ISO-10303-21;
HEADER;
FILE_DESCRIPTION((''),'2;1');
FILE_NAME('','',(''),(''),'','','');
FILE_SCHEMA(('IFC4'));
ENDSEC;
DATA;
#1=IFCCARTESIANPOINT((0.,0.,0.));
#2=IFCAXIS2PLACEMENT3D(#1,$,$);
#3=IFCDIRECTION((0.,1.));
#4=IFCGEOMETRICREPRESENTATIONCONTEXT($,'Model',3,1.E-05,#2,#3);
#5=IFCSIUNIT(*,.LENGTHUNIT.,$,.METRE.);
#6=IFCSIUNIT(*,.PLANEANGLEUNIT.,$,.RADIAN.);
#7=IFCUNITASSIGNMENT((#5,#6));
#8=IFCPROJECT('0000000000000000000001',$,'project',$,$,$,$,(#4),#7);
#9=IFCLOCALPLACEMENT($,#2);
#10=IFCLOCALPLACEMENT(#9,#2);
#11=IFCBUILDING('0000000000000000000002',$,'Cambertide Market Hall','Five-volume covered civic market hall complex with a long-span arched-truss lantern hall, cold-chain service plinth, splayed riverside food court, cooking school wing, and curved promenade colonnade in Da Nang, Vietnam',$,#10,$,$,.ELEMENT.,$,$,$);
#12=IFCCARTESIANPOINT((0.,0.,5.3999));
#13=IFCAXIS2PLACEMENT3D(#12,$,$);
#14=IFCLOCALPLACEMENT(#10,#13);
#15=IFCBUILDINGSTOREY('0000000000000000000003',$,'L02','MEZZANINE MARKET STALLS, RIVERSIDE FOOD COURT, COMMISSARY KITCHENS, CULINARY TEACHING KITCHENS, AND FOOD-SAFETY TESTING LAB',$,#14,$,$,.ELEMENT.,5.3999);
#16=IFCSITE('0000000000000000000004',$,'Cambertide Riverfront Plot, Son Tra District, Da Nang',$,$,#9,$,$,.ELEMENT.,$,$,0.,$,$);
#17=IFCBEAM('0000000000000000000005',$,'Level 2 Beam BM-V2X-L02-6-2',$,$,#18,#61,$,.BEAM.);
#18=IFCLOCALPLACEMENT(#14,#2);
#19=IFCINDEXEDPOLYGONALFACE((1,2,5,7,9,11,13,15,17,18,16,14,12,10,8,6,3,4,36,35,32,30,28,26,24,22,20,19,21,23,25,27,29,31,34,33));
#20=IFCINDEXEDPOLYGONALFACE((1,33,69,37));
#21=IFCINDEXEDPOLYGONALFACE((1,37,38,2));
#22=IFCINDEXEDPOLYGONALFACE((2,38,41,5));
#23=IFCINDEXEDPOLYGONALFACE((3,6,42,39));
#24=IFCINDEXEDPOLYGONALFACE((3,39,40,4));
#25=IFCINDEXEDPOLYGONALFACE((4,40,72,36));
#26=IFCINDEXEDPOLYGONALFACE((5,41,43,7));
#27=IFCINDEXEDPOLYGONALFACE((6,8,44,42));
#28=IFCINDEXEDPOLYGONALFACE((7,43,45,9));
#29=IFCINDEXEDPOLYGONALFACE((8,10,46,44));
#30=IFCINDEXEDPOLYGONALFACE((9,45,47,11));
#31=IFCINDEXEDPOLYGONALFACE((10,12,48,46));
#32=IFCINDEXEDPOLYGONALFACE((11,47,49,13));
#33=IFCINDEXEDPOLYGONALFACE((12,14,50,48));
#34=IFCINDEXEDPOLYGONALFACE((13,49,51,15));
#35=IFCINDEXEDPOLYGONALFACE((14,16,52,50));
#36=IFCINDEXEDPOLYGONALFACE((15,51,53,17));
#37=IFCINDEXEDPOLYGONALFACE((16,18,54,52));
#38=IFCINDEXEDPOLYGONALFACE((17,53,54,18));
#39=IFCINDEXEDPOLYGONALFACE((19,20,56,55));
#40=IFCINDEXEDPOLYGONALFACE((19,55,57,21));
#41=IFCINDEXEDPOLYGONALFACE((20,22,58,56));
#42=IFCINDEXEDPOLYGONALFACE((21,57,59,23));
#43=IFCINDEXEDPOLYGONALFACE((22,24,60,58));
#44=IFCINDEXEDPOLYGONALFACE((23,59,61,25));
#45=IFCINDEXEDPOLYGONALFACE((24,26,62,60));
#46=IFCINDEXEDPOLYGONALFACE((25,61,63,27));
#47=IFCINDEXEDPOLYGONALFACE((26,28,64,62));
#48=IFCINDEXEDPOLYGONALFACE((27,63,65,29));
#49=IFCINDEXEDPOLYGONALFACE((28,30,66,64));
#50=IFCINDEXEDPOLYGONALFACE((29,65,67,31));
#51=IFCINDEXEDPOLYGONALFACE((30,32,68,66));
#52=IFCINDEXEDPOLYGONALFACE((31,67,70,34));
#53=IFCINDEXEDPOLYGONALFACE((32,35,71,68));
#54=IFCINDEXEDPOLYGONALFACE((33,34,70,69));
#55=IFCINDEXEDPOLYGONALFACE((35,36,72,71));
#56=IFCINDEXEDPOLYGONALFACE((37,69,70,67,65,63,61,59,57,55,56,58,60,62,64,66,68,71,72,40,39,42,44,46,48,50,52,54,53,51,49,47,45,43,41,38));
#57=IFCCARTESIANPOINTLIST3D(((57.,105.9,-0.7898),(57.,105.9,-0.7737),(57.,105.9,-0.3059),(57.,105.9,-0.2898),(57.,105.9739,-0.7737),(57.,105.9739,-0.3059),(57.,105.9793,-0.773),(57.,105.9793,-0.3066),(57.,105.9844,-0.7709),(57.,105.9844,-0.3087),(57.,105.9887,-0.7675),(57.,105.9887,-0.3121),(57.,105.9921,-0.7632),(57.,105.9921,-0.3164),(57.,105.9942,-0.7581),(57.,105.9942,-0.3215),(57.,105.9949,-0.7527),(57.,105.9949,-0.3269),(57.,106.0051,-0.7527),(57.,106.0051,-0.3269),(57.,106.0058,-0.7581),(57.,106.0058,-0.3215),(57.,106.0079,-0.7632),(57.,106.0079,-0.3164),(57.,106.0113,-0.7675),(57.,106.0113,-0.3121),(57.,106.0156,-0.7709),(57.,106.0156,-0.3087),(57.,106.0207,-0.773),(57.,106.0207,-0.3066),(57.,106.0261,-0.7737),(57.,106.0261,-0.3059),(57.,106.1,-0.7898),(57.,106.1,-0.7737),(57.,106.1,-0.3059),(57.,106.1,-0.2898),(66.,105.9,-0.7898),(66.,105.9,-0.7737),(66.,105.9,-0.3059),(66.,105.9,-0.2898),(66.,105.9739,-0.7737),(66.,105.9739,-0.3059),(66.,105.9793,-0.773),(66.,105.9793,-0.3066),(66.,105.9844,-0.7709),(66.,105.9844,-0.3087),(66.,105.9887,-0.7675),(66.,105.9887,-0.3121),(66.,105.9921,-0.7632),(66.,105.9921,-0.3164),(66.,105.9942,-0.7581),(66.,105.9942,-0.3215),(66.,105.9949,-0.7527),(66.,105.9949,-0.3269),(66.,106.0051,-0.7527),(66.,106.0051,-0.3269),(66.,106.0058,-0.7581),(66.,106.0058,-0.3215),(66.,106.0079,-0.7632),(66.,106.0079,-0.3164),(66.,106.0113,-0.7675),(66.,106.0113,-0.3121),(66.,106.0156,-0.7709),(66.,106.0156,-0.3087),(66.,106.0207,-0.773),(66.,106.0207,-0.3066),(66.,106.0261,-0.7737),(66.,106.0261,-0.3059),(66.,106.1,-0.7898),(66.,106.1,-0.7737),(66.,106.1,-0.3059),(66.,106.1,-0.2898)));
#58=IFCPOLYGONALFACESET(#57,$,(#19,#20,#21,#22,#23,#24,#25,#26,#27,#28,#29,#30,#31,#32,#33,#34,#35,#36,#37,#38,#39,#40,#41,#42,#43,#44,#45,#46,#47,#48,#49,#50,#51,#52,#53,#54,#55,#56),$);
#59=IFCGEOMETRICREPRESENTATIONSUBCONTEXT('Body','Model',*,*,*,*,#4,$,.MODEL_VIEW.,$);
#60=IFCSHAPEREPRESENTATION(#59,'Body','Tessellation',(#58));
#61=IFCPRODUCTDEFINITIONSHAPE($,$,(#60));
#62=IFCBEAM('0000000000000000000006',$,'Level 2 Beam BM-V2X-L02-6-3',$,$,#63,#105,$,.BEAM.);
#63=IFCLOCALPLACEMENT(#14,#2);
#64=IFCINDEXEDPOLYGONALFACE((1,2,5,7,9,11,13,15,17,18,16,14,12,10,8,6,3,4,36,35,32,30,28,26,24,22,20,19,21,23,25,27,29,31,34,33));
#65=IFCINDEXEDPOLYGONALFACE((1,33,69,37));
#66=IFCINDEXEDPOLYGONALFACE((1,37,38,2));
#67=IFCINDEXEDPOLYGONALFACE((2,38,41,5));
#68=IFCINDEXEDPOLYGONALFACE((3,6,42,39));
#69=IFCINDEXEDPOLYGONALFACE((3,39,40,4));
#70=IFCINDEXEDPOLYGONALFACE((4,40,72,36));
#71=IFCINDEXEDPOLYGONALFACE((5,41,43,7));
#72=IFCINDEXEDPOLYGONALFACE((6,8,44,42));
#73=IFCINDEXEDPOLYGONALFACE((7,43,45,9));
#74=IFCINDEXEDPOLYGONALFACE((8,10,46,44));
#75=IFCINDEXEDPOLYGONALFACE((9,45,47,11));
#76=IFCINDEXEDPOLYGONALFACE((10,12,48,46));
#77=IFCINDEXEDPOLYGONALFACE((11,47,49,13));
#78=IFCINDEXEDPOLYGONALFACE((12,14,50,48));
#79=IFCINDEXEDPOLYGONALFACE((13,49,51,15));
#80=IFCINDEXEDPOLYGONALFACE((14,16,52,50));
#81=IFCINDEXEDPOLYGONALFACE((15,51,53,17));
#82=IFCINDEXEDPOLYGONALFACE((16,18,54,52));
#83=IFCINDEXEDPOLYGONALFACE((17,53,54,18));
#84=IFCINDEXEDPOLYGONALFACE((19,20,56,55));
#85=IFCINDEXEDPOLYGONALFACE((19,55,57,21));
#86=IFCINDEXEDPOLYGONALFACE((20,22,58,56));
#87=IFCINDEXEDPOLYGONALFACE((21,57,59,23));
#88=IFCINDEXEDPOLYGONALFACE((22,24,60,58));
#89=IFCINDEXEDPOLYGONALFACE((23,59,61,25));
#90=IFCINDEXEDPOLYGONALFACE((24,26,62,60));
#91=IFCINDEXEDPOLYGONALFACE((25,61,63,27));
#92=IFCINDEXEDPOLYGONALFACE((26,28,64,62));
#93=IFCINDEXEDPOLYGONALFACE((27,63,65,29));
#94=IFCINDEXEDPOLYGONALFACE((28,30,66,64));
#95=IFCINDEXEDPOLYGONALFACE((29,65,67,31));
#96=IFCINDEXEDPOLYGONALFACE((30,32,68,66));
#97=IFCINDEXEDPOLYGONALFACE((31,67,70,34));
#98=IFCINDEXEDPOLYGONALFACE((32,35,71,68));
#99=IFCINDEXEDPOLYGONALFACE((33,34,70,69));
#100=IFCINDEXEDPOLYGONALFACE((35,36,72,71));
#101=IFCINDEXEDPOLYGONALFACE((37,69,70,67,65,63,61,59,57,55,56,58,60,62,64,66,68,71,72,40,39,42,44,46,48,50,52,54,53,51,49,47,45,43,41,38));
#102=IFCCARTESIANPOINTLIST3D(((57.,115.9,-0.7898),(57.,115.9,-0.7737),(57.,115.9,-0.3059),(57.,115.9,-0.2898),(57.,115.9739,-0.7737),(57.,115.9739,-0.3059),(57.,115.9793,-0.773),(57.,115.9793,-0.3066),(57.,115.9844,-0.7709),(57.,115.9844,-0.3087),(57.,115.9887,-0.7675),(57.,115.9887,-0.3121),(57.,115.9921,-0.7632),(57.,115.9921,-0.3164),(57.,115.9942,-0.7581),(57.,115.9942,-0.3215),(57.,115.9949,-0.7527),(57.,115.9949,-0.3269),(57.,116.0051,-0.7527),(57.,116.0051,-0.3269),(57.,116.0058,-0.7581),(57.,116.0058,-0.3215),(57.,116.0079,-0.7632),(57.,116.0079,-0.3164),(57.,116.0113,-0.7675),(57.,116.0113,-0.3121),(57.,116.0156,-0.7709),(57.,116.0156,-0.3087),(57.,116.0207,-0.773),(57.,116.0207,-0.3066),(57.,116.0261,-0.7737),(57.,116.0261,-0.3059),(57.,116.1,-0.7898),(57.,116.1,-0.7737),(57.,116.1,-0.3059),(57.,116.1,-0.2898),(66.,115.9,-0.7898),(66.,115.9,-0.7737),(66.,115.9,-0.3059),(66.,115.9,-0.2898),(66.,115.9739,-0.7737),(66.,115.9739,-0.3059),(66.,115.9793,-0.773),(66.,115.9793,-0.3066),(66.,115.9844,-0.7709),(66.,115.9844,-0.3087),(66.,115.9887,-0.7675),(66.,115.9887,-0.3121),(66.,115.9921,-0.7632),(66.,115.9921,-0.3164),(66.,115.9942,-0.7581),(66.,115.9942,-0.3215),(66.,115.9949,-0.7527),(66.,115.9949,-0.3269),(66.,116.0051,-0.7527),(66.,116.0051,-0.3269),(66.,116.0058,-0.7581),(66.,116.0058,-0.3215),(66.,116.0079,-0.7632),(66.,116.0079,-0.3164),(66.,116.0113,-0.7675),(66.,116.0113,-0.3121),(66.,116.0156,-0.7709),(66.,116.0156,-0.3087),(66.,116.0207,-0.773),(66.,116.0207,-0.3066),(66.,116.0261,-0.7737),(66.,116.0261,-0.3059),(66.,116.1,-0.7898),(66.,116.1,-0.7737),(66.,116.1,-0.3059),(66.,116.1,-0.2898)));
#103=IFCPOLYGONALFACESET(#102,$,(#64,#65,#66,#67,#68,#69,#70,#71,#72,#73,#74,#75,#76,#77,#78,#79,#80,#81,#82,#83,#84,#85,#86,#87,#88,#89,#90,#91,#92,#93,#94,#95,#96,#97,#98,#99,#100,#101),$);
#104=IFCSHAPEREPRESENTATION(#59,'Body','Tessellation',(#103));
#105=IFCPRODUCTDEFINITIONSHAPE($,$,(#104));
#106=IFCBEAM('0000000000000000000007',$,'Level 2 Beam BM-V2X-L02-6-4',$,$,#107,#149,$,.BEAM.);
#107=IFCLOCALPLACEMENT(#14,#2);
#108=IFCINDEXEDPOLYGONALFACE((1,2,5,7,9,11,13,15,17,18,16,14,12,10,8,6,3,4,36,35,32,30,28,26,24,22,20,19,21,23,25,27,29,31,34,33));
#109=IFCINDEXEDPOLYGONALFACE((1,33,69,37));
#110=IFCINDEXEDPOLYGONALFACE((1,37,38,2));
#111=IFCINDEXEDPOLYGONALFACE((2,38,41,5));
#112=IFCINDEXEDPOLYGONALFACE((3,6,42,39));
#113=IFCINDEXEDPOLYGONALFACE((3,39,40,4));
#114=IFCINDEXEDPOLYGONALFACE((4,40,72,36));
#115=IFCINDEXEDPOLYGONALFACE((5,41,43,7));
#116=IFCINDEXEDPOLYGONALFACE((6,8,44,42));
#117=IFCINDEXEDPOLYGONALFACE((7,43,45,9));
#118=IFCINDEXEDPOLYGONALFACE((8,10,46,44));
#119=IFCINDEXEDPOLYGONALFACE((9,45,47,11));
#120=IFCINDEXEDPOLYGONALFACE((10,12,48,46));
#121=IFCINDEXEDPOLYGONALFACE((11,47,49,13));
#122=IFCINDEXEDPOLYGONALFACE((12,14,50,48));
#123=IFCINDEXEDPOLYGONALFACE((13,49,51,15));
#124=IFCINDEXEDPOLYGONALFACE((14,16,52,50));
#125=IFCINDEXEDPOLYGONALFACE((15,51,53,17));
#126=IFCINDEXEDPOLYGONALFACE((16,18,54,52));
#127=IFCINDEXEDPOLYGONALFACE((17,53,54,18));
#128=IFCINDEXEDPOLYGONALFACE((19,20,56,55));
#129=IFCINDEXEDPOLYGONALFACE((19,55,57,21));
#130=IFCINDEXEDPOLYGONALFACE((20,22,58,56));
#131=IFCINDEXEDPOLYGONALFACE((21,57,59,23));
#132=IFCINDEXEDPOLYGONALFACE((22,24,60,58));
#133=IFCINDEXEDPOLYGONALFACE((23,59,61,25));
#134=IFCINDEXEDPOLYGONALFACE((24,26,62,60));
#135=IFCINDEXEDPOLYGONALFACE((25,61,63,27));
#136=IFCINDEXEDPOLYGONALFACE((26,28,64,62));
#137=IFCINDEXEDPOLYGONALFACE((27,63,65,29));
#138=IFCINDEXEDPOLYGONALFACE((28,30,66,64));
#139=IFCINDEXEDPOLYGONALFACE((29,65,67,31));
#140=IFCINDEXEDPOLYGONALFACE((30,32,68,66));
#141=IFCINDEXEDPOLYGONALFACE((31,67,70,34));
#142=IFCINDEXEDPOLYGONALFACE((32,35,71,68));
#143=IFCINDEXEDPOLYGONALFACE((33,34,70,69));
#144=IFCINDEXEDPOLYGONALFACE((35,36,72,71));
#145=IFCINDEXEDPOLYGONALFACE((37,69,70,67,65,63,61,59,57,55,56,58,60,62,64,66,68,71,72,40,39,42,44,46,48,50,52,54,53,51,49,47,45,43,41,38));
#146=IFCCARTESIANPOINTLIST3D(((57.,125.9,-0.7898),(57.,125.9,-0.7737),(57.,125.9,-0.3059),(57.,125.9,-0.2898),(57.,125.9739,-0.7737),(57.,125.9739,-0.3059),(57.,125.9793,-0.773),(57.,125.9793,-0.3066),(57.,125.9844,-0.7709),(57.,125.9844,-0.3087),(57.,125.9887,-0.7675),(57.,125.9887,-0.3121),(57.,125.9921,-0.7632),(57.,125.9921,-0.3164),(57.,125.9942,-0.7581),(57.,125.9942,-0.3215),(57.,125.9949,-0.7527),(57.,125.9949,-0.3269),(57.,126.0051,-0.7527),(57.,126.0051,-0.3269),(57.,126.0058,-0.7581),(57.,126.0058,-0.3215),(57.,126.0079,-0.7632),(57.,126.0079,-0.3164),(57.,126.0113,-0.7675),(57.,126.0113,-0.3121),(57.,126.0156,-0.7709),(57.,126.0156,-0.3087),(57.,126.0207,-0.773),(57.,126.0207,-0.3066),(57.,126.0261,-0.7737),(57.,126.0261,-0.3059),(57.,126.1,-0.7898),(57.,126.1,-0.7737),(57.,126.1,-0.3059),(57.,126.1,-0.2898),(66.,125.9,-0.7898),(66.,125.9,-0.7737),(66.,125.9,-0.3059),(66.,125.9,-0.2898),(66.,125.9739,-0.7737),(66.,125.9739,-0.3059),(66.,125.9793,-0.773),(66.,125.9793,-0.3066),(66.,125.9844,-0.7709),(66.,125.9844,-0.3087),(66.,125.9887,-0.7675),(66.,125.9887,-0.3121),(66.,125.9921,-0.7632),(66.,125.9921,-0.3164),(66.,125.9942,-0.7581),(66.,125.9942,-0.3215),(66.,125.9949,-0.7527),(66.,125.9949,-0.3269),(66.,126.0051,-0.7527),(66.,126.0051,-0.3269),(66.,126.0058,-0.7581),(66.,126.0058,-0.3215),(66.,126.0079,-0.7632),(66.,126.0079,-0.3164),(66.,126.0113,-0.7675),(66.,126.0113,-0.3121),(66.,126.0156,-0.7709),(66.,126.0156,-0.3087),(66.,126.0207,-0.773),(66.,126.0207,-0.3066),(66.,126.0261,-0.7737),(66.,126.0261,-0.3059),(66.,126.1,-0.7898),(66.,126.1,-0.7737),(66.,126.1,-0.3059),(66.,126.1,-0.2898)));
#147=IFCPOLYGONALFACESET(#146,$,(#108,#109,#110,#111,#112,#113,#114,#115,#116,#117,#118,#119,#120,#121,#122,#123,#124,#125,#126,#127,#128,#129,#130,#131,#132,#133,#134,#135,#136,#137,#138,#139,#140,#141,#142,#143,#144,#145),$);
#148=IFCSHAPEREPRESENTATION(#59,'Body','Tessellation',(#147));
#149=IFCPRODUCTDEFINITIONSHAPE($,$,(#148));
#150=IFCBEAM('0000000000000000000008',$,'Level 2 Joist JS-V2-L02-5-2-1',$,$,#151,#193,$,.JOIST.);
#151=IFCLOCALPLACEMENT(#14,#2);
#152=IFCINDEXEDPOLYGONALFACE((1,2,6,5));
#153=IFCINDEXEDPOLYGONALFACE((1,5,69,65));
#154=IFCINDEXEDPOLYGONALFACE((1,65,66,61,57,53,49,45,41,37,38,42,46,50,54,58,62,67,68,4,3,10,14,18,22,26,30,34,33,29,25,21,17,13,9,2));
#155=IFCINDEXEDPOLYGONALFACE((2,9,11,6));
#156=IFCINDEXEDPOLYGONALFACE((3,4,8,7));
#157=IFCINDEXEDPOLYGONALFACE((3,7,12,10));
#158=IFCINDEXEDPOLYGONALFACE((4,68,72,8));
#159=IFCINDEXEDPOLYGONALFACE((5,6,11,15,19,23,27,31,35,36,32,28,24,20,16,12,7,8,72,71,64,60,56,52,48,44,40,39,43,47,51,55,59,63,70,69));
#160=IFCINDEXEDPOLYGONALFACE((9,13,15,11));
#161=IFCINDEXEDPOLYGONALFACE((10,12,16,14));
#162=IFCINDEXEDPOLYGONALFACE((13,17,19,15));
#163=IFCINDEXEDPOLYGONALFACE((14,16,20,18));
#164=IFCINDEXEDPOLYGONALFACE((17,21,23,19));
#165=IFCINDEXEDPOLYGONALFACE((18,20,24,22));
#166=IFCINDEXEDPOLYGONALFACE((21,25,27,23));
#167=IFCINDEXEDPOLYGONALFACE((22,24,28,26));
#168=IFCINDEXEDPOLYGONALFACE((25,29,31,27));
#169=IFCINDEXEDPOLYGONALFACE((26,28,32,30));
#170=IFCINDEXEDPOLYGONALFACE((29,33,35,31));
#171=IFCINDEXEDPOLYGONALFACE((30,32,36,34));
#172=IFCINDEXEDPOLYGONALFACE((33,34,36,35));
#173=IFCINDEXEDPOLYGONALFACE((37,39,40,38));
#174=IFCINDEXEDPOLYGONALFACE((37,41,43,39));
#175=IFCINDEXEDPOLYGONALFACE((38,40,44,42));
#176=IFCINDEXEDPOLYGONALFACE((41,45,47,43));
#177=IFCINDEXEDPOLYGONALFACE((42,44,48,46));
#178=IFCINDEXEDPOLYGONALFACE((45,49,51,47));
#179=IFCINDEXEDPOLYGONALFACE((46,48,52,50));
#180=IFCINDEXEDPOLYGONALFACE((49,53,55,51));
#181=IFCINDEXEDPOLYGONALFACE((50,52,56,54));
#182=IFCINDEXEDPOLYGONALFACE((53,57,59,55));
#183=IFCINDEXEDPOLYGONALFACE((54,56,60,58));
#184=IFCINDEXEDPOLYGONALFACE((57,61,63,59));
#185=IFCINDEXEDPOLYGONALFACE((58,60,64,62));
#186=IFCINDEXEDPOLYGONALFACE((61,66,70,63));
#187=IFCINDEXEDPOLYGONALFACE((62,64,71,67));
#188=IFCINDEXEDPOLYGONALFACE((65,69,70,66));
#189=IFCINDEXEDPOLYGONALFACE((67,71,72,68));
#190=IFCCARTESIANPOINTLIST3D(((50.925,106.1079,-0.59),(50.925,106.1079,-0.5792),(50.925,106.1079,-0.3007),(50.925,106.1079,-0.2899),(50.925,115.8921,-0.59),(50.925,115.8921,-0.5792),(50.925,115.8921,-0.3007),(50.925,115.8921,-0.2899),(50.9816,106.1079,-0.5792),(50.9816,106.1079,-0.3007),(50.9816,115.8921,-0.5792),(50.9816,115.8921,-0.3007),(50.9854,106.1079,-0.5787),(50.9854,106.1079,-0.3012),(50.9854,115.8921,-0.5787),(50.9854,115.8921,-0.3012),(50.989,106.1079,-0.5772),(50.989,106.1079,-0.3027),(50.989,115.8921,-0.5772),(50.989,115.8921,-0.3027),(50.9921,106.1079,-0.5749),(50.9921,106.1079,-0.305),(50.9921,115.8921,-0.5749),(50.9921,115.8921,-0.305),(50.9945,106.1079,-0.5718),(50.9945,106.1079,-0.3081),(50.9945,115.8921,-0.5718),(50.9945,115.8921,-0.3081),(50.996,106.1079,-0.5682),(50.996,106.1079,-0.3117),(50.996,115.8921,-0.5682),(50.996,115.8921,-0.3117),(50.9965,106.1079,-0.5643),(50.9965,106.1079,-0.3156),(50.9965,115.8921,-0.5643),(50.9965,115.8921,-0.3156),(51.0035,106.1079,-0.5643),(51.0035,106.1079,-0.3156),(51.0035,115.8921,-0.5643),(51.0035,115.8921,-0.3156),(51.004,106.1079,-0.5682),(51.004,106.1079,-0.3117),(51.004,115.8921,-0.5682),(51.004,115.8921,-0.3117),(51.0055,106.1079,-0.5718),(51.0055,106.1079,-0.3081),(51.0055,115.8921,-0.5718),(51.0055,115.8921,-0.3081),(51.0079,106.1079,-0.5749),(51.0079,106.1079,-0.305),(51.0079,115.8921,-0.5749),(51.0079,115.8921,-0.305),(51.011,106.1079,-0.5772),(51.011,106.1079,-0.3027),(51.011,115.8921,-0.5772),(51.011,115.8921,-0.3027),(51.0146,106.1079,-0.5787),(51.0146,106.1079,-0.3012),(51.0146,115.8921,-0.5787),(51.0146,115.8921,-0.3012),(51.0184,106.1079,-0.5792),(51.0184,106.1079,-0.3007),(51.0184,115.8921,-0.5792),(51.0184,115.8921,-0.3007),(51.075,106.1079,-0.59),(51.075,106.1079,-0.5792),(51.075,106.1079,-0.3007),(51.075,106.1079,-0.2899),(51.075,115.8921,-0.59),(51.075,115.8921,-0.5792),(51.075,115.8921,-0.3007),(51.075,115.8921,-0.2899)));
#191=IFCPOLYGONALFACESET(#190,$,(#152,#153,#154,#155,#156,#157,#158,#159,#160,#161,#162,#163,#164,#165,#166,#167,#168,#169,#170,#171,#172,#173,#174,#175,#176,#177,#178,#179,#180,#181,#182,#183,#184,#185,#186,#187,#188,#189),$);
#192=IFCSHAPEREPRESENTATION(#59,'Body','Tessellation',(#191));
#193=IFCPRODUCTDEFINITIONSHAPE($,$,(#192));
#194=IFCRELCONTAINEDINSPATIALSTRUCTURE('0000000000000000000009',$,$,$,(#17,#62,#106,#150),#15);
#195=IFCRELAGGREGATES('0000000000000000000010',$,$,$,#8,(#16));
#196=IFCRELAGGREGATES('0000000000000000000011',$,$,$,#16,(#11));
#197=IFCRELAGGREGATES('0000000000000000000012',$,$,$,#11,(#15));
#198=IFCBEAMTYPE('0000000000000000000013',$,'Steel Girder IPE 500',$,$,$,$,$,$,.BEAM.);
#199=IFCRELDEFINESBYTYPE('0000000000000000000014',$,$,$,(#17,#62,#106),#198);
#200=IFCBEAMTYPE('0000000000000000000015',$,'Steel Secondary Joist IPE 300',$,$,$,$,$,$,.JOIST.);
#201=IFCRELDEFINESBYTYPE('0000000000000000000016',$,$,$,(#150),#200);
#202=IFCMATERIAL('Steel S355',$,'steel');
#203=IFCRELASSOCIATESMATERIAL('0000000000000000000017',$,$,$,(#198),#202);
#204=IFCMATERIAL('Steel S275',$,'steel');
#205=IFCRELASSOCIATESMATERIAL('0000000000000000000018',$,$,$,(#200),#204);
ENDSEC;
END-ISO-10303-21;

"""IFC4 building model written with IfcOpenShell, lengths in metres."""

from ifc_helpers import new_model, si_unit, direction, frame, origin, origin_2d, place, context, subcontext, project, spatial, i_section, extrude, material, material_profile, profile_set, type_object, element, save


model = new_model("IFC4")

# Units and contexts
model_context = context("Model", 3, precision=1e-05, world=origin(), true_north=direction((0.0, 1.0)))
body_context = subcontext(model_context, "Body", "Model", "MODEL_VIEW")
ifc_project = project(units=[si_unit("LENGTHUNIT", "METRE"), si_unit("PLANEANGLEUNIT", "RADIAN")], contexts=[model_context])

# Site, building, storey
site_placement = place(None, origin())
site = spatial("IfcSite", under=ifc_project, at=site_placement, Name="Cambertide Riverfront Plot, Son Tra District, Da Nang", CompositionType="ELEMENT", RefElevation=0.0)
building_placement = place(site_placement, origin())
building = spatial("IfcBuilding", under=site, at=building_placement, Name="Cambertide Market Hall", Description="Five-volume covered civic market hall complex with a long-span arched-truss lantern hall, cold-chain service plinth, splayed riverside food court, cooking school wing, and curved promenade colonnade in Da Nang, Vietnam", CompositionType="ELEMENT")
storey_placement = place(building_placement, frame((0.0, 0.0, 5.3999)))
storey = spatial("IfcBuildingStorey", under=building, at=storey_placement, Name="L02", Description="MEZZANINE MARKET STALLS, RIVERSIDE FOOD COURT, COMMISSARY KITCHENS, CULINARY TEACHING KITCHENS, AND FOOD-SAFETY TESTING LAB", CompositionType="ELEMENT", Elevation=5.3999)

# Beams
ifc_material_1 = material(Name="Steel S355", Category="steel")
ifc_material_profile_1 = material_profile(ifc_material_1, i_section(OverallWidth=0.2, OverallDepth=0.5, WebThickness=0.0103, FlangeThickness=0.0161, FilletRadius=0.021, at=origin_2d()), Name="IPE 500")
ifc_profile_set_1 = profile_set([ifc_material_profile_1], Name="Steel S355")
beam_type_1 = type_object("IfcBeamType", Name="Steel Girder IPE 500", PredefinedType="BEAM", material=ifc_profile_set_1)
for number, where, z_axis, x_axis, name in (
    (1, (57.0, 106.0, -0.5398), (1.0, 0.0, 0.0), (0.0, 1.0, 0.0), "Level 2 Beam BM-V2X-L02-6-2"),
    (2, (57.0, 116.0, -0.5398), (1.0, 0.0, 0.0), (0.0, 1.0, 0.0), "Level 2 Beam BM-V2X-L02-6-3"),
    (3, (57.0, 126.0, -0.5398), (1.0, 0.0, 0.0), (0.0, 1.0, 0.0), "Level 2 Beam BM-V2X-L02-6-4"),
):
    element("IfcBeam", number, at=place(storey_placement, frame(where, z_axis=z_axis, x_axis=x_axis)), inside=storey, type_object=beam_type_1, Name=name, PredefinedType="BEAM", context=body_context, shape_type="SweptSolid", body=[
        extrude(i_section(OverallWidth=0.2, OverallDepth=0.5, WebThickness=0.0103, FlangeThickness=0.0161, FilletRadius=0.021, at=origin_2d()), origin(), (0.0, 0.0, 1.0), 9.0),
    ])
ifc_material_2 = material(Name="Steel S275", Category="steel")
ifc_material_profile_2 = material_profile(ifc_material_2, i_section(OverallWidth=0.1499, OverallDepth=0.3, WebThickness=0.0071, FlangeThickness=0.0107, FilletRadius=0.0149, at=origin_2d()), Name="IPE 300")
ifc_profile_set_2 = profile_set([ifc_material_profile_2], Name="Steel S275")
beam_type_2 = type_object("IfcBeamType", Name="Steel Secondary Joist IPE 300", PredefinedType="JOIST", material=ifc_profile_set_2)
for number, where, z_axis, x_axis, name in (
    (4, (51.0, 106.1079, -0.4399), (0.0, 1.0, 0.0), (-1.0, 0.0, 0.0), "Level 2 Joist JS-V2-L02-5-2-1"),
):
    element("IfcBeam", number, at=place(storey_placement, frame(where, z_axis=z_axis, x_axis=x_axis)), inside=storey, type_object=beam_type_2, Name=name, PredefinedType="JOIST", context=body_context, shape_type="SweptSolid", body=[
        extrude(i_section(OverallWidth=0.1499, OverallDepth=0.3, WebThickness=0.0071, FlangeThickness=0.0107, FilletRadius=0.0149, at=origin_2d()), origin(), (0.0, 0.0, 1.0), 9.7842),
    ])

save(model, "model.ifc")
